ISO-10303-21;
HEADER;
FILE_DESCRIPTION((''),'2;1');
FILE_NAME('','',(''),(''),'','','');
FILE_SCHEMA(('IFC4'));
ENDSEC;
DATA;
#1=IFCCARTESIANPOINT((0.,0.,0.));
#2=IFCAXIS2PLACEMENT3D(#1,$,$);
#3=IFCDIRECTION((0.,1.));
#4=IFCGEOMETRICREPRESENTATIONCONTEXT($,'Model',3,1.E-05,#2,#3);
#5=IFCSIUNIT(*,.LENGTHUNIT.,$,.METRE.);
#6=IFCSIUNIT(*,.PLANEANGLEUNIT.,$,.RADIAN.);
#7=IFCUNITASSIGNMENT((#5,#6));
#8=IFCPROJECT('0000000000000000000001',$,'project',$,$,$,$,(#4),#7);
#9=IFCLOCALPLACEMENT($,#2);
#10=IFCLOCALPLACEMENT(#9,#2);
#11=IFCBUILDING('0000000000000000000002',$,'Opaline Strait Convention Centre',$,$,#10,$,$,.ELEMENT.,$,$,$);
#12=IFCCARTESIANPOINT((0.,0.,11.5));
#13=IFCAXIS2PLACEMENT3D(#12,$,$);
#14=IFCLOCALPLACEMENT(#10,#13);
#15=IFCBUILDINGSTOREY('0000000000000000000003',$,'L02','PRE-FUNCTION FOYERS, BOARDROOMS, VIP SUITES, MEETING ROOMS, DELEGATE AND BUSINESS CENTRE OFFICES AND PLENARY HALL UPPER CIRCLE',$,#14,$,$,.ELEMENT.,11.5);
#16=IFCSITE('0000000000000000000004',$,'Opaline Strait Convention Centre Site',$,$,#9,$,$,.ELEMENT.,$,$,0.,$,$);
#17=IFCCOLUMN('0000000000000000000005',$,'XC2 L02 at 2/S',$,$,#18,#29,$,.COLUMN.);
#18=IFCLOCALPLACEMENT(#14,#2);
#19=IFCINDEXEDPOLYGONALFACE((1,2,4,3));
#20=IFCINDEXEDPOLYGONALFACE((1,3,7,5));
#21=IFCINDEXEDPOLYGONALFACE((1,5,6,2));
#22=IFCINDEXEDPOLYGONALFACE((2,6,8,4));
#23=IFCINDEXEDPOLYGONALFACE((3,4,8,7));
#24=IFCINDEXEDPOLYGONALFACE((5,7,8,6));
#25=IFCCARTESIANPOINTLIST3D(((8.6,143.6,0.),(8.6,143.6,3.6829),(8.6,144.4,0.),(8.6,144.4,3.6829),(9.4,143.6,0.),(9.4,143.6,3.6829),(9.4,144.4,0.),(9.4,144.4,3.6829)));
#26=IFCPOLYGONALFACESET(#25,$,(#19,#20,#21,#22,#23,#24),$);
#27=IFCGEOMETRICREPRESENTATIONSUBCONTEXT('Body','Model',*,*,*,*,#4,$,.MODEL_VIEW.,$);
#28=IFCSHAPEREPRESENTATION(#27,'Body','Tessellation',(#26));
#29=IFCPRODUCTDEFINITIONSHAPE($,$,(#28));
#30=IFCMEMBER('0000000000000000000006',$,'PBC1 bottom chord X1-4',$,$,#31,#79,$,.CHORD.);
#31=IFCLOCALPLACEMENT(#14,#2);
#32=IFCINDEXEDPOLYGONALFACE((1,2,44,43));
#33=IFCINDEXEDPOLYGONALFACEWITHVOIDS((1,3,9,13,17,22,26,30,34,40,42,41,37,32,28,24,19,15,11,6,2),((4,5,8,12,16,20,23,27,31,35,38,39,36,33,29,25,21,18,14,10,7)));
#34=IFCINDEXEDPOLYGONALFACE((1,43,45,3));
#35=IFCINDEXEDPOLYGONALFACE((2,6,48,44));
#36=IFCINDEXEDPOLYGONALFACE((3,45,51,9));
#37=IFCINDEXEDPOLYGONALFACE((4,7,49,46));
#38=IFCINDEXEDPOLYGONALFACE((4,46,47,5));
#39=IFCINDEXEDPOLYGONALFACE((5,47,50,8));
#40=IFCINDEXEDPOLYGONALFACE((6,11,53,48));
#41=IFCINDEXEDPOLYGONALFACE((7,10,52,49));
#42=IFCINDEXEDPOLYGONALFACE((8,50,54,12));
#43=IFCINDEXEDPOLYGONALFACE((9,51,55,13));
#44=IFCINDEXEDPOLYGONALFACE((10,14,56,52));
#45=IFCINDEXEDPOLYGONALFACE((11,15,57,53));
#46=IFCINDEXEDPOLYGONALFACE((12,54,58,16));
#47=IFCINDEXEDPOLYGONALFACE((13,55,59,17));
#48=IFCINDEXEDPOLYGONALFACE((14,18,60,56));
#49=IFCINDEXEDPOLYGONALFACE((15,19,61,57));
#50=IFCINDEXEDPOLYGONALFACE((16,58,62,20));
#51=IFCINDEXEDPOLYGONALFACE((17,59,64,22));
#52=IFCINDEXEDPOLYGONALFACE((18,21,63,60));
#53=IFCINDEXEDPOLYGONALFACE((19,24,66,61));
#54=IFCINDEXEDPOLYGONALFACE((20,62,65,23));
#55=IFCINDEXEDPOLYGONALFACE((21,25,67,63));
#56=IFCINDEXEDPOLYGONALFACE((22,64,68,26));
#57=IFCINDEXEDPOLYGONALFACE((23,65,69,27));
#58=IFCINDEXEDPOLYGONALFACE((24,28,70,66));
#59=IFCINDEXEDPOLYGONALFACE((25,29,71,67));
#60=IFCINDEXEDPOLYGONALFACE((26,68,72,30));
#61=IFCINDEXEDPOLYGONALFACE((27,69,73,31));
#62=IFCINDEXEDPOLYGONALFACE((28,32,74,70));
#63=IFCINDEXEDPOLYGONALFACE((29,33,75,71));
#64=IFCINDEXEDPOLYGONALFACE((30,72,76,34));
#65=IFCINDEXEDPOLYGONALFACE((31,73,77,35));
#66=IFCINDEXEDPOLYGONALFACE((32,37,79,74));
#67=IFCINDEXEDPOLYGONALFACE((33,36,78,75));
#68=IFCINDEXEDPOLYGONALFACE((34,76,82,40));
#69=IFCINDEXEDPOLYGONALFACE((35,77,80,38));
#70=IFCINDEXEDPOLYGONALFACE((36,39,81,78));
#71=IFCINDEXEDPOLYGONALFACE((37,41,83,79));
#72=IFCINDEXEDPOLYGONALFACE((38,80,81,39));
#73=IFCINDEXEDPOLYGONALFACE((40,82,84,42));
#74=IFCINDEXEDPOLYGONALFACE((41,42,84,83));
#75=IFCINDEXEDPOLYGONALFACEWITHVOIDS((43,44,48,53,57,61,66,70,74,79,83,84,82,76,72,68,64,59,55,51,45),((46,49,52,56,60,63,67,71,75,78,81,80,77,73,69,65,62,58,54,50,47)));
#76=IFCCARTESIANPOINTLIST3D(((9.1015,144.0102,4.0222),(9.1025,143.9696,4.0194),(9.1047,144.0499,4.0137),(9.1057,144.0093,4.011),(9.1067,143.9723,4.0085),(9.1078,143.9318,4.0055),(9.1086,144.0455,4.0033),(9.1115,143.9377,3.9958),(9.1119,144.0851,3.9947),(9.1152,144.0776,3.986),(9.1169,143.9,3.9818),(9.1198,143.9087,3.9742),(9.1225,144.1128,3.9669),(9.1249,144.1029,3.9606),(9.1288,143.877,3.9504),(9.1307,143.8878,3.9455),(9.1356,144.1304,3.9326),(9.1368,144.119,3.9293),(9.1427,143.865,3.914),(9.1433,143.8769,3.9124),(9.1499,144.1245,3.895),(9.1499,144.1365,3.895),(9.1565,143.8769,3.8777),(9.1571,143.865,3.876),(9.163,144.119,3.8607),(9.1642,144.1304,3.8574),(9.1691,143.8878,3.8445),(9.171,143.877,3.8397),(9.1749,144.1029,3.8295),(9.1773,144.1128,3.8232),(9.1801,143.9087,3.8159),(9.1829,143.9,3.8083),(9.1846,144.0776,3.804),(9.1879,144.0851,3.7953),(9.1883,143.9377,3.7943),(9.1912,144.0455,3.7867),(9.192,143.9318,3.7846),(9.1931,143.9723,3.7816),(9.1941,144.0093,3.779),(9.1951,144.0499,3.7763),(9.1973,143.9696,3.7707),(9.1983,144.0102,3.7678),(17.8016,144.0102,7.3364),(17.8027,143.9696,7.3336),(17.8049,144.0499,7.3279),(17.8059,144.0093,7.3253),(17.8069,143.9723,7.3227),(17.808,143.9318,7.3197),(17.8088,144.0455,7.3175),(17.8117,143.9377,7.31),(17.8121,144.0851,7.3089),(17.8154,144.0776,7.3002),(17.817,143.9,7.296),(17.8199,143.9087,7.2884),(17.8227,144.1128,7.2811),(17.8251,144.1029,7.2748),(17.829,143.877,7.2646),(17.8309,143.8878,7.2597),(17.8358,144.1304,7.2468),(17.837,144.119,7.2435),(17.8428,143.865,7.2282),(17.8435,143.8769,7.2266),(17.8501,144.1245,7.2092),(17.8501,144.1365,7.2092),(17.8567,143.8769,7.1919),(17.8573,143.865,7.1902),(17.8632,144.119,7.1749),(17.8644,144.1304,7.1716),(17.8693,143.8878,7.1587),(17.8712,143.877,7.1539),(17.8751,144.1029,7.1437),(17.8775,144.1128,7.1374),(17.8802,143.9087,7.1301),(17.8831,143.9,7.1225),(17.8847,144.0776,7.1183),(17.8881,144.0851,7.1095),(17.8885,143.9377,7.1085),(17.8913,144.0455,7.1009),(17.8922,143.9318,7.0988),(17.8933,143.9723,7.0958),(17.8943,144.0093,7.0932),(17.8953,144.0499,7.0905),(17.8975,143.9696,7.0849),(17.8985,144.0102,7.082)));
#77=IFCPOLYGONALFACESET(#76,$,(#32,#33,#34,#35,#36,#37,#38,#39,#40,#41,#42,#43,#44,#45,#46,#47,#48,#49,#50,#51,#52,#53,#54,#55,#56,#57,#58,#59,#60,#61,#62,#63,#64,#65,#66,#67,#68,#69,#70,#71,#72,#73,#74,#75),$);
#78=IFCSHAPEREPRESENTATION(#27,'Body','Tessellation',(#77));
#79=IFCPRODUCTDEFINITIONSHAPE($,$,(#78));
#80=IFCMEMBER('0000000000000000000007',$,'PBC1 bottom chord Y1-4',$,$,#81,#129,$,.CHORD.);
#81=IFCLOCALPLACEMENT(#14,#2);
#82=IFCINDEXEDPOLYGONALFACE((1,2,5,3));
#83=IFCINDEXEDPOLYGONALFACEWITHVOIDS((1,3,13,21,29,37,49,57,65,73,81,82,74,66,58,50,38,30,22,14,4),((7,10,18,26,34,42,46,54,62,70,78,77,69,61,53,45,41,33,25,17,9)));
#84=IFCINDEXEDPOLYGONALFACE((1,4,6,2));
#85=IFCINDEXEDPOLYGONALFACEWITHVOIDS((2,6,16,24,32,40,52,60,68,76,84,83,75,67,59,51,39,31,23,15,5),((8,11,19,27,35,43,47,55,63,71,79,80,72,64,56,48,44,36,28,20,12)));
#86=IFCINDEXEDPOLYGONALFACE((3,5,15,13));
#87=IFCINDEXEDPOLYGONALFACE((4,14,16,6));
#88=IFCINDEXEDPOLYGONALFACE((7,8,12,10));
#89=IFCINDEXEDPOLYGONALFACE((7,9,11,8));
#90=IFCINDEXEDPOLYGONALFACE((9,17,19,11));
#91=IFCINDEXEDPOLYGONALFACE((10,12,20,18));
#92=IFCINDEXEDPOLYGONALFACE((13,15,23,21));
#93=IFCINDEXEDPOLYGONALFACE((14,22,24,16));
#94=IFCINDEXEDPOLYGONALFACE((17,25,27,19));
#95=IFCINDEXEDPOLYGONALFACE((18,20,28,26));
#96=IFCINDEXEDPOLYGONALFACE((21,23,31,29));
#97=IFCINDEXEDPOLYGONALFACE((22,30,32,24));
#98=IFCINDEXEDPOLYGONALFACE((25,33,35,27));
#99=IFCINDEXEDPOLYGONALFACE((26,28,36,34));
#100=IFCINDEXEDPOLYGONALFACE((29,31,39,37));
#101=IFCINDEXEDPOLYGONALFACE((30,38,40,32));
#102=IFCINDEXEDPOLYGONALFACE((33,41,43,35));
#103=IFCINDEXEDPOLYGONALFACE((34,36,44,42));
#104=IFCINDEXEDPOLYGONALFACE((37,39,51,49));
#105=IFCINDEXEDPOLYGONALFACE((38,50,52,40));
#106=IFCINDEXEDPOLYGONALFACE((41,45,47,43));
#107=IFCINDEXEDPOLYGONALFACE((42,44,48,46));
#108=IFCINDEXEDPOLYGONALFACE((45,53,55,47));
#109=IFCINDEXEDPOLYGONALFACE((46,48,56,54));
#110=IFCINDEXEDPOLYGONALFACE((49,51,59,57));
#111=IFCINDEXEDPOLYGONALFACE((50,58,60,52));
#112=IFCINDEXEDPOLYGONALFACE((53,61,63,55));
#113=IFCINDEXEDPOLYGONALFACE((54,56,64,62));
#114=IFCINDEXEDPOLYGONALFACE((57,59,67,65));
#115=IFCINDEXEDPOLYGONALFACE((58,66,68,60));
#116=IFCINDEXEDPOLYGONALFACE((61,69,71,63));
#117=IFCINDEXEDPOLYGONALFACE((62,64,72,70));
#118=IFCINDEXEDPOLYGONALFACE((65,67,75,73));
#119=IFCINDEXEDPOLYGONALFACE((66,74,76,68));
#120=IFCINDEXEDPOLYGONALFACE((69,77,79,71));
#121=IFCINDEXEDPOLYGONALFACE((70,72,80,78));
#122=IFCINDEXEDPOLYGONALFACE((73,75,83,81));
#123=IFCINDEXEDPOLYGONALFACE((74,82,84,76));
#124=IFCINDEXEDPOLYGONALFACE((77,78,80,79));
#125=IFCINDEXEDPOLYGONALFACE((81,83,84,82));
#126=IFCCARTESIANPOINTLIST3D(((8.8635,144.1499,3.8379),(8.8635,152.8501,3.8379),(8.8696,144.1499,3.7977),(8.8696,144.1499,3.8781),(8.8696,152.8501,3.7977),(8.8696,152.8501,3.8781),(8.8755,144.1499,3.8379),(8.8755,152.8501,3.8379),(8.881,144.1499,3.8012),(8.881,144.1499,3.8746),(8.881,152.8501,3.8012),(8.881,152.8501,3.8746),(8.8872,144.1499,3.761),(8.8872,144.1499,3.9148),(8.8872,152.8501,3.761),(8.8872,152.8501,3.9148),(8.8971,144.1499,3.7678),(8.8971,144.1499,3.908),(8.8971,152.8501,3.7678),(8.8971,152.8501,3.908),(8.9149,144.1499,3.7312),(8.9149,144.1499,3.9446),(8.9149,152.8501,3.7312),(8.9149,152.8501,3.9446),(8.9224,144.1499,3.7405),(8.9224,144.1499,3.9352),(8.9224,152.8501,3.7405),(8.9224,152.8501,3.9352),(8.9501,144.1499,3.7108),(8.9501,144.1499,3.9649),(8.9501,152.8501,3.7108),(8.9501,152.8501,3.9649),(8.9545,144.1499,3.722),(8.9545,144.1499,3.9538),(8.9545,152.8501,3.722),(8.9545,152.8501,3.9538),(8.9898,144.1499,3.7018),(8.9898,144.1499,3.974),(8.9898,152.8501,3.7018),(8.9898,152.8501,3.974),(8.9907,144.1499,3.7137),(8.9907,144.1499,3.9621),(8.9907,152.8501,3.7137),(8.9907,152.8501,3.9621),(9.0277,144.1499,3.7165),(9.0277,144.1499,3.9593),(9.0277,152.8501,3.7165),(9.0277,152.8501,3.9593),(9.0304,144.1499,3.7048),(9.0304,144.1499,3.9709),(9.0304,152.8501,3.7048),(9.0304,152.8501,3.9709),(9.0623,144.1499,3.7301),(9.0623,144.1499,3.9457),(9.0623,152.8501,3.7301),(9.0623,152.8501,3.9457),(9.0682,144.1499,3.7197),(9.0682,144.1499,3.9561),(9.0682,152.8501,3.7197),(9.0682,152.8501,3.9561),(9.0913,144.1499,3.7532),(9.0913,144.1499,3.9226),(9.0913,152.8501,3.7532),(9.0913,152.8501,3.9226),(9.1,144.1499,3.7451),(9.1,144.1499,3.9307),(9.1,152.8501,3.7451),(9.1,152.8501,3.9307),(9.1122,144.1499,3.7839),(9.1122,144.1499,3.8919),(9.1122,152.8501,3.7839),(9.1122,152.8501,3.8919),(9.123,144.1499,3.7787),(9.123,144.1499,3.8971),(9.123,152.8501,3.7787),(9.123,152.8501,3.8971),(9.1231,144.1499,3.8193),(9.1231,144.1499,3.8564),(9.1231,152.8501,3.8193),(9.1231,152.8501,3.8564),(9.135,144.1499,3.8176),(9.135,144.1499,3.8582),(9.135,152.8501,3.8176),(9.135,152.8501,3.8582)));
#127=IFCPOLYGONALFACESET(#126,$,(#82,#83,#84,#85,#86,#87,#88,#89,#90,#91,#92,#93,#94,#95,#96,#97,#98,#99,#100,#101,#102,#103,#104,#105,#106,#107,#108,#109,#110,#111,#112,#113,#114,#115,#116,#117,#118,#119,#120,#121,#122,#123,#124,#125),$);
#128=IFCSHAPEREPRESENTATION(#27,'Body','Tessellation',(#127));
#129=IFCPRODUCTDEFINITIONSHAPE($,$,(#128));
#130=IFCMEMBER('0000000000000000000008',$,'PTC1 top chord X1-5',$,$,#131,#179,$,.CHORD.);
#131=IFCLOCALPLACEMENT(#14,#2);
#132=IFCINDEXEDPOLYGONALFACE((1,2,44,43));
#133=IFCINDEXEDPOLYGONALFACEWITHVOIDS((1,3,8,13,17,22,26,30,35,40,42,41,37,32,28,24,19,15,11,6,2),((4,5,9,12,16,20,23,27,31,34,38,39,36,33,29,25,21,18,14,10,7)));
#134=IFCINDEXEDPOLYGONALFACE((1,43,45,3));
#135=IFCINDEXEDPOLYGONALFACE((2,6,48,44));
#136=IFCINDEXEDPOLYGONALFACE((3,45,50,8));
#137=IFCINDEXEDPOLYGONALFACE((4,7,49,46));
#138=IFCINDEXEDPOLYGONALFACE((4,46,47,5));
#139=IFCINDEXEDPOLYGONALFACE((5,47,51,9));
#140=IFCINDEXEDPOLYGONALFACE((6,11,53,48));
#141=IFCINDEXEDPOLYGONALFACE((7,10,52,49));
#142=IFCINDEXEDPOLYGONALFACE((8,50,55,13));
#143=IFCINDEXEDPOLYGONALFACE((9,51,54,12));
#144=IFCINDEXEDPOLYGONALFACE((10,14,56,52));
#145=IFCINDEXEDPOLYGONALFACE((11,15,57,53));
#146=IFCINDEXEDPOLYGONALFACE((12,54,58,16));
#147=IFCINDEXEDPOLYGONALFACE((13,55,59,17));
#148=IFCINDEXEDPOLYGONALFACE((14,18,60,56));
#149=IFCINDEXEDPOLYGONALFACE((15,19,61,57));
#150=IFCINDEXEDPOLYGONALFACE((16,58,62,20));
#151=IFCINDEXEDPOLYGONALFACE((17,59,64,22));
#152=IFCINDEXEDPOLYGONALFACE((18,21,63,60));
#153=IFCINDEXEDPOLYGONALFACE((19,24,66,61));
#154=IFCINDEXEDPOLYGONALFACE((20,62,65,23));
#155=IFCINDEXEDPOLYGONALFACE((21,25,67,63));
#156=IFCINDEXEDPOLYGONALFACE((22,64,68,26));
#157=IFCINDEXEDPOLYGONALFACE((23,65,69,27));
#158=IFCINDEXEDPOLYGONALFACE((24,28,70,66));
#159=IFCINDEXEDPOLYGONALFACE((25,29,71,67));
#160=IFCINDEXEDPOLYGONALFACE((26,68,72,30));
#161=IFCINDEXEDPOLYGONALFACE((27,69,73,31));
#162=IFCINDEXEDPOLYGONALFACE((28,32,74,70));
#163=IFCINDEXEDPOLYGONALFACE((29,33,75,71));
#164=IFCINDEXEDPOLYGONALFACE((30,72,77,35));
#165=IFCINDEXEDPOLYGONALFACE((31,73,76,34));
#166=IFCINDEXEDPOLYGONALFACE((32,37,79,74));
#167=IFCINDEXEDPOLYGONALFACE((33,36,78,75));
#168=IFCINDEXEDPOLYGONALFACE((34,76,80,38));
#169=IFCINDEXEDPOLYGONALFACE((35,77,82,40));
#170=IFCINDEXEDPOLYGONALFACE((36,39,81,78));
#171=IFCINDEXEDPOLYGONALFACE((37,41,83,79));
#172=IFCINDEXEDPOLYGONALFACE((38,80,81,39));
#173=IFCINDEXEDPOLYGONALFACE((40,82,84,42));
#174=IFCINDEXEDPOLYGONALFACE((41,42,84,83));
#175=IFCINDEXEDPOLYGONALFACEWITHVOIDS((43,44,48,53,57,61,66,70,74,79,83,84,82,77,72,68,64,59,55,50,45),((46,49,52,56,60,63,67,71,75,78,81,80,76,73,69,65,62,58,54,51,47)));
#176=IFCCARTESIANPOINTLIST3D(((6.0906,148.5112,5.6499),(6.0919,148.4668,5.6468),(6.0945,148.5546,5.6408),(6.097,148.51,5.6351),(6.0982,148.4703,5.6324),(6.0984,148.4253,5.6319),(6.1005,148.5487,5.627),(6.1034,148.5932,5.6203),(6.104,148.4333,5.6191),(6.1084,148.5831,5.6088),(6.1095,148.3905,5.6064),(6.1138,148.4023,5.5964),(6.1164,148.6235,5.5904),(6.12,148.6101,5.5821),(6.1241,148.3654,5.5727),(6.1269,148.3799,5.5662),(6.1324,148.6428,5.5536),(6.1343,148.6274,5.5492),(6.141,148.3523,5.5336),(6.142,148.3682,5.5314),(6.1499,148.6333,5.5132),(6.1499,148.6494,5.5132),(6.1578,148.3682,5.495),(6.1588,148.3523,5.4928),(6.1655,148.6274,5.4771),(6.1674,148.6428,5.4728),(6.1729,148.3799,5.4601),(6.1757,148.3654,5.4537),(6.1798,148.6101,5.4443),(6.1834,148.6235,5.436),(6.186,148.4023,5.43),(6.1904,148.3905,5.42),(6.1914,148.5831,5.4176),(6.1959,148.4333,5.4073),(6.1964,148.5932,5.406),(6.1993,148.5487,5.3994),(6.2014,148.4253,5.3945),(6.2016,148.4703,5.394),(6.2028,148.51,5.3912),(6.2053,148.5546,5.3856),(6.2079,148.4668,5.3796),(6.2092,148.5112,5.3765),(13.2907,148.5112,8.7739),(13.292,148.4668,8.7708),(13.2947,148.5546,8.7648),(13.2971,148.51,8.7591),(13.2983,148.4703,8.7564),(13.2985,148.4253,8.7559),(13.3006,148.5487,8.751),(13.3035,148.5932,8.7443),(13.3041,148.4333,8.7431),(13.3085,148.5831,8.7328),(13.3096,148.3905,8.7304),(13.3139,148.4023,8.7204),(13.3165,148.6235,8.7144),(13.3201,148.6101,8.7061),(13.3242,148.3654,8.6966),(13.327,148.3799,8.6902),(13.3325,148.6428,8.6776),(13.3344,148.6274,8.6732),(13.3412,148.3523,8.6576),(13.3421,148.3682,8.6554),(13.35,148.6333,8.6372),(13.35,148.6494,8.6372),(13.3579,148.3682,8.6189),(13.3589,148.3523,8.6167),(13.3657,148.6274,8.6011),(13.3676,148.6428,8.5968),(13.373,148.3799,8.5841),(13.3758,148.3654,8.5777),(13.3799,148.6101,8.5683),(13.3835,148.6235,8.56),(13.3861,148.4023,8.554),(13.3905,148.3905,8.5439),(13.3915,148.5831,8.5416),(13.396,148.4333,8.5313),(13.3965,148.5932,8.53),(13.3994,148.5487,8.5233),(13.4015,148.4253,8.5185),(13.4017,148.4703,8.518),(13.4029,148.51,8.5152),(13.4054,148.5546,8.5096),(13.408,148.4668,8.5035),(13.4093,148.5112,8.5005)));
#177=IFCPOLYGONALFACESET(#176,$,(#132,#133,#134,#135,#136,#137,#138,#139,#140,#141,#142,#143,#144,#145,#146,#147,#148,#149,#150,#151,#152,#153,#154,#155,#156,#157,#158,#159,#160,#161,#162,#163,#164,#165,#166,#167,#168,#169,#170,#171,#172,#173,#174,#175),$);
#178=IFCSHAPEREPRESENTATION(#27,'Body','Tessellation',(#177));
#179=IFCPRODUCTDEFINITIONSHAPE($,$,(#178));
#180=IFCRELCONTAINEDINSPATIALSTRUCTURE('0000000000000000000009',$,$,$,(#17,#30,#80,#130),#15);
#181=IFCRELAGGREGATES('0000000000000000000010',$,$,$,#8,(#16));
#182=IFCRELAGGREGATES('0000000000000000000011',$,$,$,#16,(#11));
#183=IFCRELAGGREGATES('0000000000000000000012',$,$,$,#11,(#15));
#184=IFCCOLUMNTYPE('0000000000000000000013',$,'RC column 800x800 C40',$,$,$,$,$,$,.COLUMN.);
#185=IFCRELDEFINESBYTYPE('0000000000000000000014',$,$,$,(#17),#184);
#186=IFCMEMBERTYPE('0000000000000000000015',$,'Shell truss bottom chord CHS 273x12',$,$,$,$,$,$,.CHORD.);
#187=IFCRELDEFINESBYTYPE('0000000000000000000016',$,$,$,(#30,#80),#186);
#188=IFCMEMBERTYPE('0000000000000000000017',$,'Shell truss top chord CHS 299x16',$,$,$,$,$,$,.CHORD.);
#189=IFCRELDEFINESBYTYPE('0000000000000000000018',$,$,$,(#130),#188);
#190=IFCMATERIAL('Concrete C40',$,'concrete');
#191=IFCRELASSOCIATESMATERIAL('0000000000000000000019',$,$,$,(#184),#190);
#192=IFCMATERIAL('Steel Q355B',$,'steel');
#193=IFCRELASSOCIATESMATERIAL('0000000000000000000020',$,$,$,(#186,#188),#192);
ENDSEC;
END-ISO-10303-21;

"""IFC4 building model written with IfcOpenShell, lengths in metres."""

from ifc_helpers import new_model, si_unit, direction, frame, origin, origin_2d, place, context, subcontext, project, spatial, rectangle, hollow_circle, extrude, material, material_profile, profile_set, type_object, element, save


model = new_model("IFC4")

# Units and contexts
model_context = context("Model", 3, precision=1e-05, world=origin(), true_north=direction((0.0, 1.0)))
body_context = subcontext(model_context, "Body", "Model", "MODEL_VIEW")
ifc_project = project(units=[si_unit("LENGTHUNIT", "METRE"), si_unit("PLANEANGLEUNIT", "RADIAN")], contexts=[model_context])

# Site, building, storey
site_placement = place(None, origin())
site = spatial("IfcSite", under=ifc_project, at=site_placement, Name="Opaline Strait Convention Centre Site", CompositionType="ELEMENT", RefElevation=0.0)
building_placement = place(site_placement, origin())
building = spatial("IfcBuilding", under=site, at=building_placement, Name="Opaline Strait Convention Centre", CompositionType="ELEMENT")
storey_placement = place(building_placement, frame((0.0, 0.0, 11.5)))
storey = spatial("IfcBuildingStorey", under=building, at=storey_placement, Name="L02", Description="PRE-FUNCTION FOYERS, BOARDROOMS, VIP SUITES, MEETING ROOMS, DELEGATE AND BUSINESS CENTRE OFFICES AND PLENARY HALL UPPER CIRCLE", CompositionType="ELEMENT", Elevation=11.5)

# Column
ifc_material_1 = material(Name="Concrete C40", Category="concrete")
ifc_material_profile_1 = material_profile(ifc_material_1, rectangle(XDim=0.8, YDim=0.8, at=origin_2d()), Name="RC 800x800")
ifc_profile_set_1 = profile_set([ifc_material_profile_1], Name="Concrete C40")
column_type = type_object("IfcColumnType", Name="RC column 800x800 C40", PredefinedType="COLUMN", material=ifc_profile_set_1)
column_placement = place(storey_placement, frame((9.0, 144.0, 0.0), z_axis=(0.0, 0.0, 1.0), x_axis=(1.0, 0.0, 0.0)))
element("IfcColumn", 1, at=column_placement, inside=storey, type_object=column_type, Name="XC2 L02 at 2/S", PredefinedType="COLUMN", context=body_context, shape_type="SweptSolid", body=[
    extrude(rectangle(XDim=0.8, YDim=0.8, at=origin_2d()), origin(), (0.0, 0.0, 1.0), 3.6829),
])

# Members
ifc_material_2 = material(Name="Steel Q355B", Category="steel")
ifc_material_profile_2 = material_profile(ifc_material_2, hollow_circle(Radius=0.1365, WallThickness=0.012, at=origin_2d()), Name="CHS 273x12")
ifc_profile_set_2 = profile_set([ifc_material_profile_2], Name="Steel Q355B")
member_type_1 = type_object("IfcMemberType", Name="Shell truss bottom chord CHS 273x12", PredefinedType="CHORD", material=ifc_profile_set_2)
member_1_placement = place(storey_placement, frame((9.1499, 144.0, 3.895), z_axis=(0.934493, 0.0, 0.355981), x_axis=(0.0, 1.0, 0.0)))
element("IfcMember", 2, at=member_1_placement, inside=storey, type_object=member_type_1, Name="PBC1 bottom chord X1-4", PredefinedType="CHORD", context=body_context, shape_type="SweptSolid", body=[
    extrude(hollow_circle(Radius=0.1365, WallThickness=0.012, at=origin_2d()), origin(), (0.0, 0.0, 1.0), 9.3101),
])
member_2_placement = place(storey_placement, frame((9.0, 144.1499, 3.8379), z_axis=(0.0, 1.0, 0.0), x_axis=(-1.0, 0.0, 0.0)))
element("IfcMember", 3, at=member_2_placement, inside=storey, type_object=member_type_1, Name="PBC1 bottom chord Y1-4", PredefinedType="CHORD", context=body_context, shape_type="SweptSolid", body=[
    extrude(hollow_circle(Radius=0.1365, WallThickness=0.012, at=origin_2d()), origin(), (0.0, 0.0, 1.0), 8.7002),
])
ifc_material_profile_3 = material_profile(ifc_material_2, hollow_circle(Radius=0.1494, WallThickness=0.0161, at=origin_2d()), Name="CHS 299x16")
ifc_profile_set_3 = profile_set([ifc_material_profile_3], Name="Steel Q355B")
member_type_2 = type_object("IfcMemberType", Name="Shell truss top chord CHS 299x16", PredefinedType="CHORD", material=ifc_profile_set_3)
member_3_placement = place(storey_placement, frame((6.1499, 148.5, 5.5132), z_axis=(0.917372, 0.0, 0.39803), x_axis=(0.0, 1.0, 0.0)))
element("IfcMember", 4, at=member_3_placement, inside=storey, type_object=member_type_2, Name="PTC1 top chord X1-5", PredefinedType="CHORD", context=body_context, shape_type="SweptSolid", body=[
    extrude(hollow_circle(Radius=0.1494, WallThickness=0.0161, at=origin_2d()), origin(), (0.0, 0.0, 1.0), 7.8486),
])

save(model, "model.ifc")
